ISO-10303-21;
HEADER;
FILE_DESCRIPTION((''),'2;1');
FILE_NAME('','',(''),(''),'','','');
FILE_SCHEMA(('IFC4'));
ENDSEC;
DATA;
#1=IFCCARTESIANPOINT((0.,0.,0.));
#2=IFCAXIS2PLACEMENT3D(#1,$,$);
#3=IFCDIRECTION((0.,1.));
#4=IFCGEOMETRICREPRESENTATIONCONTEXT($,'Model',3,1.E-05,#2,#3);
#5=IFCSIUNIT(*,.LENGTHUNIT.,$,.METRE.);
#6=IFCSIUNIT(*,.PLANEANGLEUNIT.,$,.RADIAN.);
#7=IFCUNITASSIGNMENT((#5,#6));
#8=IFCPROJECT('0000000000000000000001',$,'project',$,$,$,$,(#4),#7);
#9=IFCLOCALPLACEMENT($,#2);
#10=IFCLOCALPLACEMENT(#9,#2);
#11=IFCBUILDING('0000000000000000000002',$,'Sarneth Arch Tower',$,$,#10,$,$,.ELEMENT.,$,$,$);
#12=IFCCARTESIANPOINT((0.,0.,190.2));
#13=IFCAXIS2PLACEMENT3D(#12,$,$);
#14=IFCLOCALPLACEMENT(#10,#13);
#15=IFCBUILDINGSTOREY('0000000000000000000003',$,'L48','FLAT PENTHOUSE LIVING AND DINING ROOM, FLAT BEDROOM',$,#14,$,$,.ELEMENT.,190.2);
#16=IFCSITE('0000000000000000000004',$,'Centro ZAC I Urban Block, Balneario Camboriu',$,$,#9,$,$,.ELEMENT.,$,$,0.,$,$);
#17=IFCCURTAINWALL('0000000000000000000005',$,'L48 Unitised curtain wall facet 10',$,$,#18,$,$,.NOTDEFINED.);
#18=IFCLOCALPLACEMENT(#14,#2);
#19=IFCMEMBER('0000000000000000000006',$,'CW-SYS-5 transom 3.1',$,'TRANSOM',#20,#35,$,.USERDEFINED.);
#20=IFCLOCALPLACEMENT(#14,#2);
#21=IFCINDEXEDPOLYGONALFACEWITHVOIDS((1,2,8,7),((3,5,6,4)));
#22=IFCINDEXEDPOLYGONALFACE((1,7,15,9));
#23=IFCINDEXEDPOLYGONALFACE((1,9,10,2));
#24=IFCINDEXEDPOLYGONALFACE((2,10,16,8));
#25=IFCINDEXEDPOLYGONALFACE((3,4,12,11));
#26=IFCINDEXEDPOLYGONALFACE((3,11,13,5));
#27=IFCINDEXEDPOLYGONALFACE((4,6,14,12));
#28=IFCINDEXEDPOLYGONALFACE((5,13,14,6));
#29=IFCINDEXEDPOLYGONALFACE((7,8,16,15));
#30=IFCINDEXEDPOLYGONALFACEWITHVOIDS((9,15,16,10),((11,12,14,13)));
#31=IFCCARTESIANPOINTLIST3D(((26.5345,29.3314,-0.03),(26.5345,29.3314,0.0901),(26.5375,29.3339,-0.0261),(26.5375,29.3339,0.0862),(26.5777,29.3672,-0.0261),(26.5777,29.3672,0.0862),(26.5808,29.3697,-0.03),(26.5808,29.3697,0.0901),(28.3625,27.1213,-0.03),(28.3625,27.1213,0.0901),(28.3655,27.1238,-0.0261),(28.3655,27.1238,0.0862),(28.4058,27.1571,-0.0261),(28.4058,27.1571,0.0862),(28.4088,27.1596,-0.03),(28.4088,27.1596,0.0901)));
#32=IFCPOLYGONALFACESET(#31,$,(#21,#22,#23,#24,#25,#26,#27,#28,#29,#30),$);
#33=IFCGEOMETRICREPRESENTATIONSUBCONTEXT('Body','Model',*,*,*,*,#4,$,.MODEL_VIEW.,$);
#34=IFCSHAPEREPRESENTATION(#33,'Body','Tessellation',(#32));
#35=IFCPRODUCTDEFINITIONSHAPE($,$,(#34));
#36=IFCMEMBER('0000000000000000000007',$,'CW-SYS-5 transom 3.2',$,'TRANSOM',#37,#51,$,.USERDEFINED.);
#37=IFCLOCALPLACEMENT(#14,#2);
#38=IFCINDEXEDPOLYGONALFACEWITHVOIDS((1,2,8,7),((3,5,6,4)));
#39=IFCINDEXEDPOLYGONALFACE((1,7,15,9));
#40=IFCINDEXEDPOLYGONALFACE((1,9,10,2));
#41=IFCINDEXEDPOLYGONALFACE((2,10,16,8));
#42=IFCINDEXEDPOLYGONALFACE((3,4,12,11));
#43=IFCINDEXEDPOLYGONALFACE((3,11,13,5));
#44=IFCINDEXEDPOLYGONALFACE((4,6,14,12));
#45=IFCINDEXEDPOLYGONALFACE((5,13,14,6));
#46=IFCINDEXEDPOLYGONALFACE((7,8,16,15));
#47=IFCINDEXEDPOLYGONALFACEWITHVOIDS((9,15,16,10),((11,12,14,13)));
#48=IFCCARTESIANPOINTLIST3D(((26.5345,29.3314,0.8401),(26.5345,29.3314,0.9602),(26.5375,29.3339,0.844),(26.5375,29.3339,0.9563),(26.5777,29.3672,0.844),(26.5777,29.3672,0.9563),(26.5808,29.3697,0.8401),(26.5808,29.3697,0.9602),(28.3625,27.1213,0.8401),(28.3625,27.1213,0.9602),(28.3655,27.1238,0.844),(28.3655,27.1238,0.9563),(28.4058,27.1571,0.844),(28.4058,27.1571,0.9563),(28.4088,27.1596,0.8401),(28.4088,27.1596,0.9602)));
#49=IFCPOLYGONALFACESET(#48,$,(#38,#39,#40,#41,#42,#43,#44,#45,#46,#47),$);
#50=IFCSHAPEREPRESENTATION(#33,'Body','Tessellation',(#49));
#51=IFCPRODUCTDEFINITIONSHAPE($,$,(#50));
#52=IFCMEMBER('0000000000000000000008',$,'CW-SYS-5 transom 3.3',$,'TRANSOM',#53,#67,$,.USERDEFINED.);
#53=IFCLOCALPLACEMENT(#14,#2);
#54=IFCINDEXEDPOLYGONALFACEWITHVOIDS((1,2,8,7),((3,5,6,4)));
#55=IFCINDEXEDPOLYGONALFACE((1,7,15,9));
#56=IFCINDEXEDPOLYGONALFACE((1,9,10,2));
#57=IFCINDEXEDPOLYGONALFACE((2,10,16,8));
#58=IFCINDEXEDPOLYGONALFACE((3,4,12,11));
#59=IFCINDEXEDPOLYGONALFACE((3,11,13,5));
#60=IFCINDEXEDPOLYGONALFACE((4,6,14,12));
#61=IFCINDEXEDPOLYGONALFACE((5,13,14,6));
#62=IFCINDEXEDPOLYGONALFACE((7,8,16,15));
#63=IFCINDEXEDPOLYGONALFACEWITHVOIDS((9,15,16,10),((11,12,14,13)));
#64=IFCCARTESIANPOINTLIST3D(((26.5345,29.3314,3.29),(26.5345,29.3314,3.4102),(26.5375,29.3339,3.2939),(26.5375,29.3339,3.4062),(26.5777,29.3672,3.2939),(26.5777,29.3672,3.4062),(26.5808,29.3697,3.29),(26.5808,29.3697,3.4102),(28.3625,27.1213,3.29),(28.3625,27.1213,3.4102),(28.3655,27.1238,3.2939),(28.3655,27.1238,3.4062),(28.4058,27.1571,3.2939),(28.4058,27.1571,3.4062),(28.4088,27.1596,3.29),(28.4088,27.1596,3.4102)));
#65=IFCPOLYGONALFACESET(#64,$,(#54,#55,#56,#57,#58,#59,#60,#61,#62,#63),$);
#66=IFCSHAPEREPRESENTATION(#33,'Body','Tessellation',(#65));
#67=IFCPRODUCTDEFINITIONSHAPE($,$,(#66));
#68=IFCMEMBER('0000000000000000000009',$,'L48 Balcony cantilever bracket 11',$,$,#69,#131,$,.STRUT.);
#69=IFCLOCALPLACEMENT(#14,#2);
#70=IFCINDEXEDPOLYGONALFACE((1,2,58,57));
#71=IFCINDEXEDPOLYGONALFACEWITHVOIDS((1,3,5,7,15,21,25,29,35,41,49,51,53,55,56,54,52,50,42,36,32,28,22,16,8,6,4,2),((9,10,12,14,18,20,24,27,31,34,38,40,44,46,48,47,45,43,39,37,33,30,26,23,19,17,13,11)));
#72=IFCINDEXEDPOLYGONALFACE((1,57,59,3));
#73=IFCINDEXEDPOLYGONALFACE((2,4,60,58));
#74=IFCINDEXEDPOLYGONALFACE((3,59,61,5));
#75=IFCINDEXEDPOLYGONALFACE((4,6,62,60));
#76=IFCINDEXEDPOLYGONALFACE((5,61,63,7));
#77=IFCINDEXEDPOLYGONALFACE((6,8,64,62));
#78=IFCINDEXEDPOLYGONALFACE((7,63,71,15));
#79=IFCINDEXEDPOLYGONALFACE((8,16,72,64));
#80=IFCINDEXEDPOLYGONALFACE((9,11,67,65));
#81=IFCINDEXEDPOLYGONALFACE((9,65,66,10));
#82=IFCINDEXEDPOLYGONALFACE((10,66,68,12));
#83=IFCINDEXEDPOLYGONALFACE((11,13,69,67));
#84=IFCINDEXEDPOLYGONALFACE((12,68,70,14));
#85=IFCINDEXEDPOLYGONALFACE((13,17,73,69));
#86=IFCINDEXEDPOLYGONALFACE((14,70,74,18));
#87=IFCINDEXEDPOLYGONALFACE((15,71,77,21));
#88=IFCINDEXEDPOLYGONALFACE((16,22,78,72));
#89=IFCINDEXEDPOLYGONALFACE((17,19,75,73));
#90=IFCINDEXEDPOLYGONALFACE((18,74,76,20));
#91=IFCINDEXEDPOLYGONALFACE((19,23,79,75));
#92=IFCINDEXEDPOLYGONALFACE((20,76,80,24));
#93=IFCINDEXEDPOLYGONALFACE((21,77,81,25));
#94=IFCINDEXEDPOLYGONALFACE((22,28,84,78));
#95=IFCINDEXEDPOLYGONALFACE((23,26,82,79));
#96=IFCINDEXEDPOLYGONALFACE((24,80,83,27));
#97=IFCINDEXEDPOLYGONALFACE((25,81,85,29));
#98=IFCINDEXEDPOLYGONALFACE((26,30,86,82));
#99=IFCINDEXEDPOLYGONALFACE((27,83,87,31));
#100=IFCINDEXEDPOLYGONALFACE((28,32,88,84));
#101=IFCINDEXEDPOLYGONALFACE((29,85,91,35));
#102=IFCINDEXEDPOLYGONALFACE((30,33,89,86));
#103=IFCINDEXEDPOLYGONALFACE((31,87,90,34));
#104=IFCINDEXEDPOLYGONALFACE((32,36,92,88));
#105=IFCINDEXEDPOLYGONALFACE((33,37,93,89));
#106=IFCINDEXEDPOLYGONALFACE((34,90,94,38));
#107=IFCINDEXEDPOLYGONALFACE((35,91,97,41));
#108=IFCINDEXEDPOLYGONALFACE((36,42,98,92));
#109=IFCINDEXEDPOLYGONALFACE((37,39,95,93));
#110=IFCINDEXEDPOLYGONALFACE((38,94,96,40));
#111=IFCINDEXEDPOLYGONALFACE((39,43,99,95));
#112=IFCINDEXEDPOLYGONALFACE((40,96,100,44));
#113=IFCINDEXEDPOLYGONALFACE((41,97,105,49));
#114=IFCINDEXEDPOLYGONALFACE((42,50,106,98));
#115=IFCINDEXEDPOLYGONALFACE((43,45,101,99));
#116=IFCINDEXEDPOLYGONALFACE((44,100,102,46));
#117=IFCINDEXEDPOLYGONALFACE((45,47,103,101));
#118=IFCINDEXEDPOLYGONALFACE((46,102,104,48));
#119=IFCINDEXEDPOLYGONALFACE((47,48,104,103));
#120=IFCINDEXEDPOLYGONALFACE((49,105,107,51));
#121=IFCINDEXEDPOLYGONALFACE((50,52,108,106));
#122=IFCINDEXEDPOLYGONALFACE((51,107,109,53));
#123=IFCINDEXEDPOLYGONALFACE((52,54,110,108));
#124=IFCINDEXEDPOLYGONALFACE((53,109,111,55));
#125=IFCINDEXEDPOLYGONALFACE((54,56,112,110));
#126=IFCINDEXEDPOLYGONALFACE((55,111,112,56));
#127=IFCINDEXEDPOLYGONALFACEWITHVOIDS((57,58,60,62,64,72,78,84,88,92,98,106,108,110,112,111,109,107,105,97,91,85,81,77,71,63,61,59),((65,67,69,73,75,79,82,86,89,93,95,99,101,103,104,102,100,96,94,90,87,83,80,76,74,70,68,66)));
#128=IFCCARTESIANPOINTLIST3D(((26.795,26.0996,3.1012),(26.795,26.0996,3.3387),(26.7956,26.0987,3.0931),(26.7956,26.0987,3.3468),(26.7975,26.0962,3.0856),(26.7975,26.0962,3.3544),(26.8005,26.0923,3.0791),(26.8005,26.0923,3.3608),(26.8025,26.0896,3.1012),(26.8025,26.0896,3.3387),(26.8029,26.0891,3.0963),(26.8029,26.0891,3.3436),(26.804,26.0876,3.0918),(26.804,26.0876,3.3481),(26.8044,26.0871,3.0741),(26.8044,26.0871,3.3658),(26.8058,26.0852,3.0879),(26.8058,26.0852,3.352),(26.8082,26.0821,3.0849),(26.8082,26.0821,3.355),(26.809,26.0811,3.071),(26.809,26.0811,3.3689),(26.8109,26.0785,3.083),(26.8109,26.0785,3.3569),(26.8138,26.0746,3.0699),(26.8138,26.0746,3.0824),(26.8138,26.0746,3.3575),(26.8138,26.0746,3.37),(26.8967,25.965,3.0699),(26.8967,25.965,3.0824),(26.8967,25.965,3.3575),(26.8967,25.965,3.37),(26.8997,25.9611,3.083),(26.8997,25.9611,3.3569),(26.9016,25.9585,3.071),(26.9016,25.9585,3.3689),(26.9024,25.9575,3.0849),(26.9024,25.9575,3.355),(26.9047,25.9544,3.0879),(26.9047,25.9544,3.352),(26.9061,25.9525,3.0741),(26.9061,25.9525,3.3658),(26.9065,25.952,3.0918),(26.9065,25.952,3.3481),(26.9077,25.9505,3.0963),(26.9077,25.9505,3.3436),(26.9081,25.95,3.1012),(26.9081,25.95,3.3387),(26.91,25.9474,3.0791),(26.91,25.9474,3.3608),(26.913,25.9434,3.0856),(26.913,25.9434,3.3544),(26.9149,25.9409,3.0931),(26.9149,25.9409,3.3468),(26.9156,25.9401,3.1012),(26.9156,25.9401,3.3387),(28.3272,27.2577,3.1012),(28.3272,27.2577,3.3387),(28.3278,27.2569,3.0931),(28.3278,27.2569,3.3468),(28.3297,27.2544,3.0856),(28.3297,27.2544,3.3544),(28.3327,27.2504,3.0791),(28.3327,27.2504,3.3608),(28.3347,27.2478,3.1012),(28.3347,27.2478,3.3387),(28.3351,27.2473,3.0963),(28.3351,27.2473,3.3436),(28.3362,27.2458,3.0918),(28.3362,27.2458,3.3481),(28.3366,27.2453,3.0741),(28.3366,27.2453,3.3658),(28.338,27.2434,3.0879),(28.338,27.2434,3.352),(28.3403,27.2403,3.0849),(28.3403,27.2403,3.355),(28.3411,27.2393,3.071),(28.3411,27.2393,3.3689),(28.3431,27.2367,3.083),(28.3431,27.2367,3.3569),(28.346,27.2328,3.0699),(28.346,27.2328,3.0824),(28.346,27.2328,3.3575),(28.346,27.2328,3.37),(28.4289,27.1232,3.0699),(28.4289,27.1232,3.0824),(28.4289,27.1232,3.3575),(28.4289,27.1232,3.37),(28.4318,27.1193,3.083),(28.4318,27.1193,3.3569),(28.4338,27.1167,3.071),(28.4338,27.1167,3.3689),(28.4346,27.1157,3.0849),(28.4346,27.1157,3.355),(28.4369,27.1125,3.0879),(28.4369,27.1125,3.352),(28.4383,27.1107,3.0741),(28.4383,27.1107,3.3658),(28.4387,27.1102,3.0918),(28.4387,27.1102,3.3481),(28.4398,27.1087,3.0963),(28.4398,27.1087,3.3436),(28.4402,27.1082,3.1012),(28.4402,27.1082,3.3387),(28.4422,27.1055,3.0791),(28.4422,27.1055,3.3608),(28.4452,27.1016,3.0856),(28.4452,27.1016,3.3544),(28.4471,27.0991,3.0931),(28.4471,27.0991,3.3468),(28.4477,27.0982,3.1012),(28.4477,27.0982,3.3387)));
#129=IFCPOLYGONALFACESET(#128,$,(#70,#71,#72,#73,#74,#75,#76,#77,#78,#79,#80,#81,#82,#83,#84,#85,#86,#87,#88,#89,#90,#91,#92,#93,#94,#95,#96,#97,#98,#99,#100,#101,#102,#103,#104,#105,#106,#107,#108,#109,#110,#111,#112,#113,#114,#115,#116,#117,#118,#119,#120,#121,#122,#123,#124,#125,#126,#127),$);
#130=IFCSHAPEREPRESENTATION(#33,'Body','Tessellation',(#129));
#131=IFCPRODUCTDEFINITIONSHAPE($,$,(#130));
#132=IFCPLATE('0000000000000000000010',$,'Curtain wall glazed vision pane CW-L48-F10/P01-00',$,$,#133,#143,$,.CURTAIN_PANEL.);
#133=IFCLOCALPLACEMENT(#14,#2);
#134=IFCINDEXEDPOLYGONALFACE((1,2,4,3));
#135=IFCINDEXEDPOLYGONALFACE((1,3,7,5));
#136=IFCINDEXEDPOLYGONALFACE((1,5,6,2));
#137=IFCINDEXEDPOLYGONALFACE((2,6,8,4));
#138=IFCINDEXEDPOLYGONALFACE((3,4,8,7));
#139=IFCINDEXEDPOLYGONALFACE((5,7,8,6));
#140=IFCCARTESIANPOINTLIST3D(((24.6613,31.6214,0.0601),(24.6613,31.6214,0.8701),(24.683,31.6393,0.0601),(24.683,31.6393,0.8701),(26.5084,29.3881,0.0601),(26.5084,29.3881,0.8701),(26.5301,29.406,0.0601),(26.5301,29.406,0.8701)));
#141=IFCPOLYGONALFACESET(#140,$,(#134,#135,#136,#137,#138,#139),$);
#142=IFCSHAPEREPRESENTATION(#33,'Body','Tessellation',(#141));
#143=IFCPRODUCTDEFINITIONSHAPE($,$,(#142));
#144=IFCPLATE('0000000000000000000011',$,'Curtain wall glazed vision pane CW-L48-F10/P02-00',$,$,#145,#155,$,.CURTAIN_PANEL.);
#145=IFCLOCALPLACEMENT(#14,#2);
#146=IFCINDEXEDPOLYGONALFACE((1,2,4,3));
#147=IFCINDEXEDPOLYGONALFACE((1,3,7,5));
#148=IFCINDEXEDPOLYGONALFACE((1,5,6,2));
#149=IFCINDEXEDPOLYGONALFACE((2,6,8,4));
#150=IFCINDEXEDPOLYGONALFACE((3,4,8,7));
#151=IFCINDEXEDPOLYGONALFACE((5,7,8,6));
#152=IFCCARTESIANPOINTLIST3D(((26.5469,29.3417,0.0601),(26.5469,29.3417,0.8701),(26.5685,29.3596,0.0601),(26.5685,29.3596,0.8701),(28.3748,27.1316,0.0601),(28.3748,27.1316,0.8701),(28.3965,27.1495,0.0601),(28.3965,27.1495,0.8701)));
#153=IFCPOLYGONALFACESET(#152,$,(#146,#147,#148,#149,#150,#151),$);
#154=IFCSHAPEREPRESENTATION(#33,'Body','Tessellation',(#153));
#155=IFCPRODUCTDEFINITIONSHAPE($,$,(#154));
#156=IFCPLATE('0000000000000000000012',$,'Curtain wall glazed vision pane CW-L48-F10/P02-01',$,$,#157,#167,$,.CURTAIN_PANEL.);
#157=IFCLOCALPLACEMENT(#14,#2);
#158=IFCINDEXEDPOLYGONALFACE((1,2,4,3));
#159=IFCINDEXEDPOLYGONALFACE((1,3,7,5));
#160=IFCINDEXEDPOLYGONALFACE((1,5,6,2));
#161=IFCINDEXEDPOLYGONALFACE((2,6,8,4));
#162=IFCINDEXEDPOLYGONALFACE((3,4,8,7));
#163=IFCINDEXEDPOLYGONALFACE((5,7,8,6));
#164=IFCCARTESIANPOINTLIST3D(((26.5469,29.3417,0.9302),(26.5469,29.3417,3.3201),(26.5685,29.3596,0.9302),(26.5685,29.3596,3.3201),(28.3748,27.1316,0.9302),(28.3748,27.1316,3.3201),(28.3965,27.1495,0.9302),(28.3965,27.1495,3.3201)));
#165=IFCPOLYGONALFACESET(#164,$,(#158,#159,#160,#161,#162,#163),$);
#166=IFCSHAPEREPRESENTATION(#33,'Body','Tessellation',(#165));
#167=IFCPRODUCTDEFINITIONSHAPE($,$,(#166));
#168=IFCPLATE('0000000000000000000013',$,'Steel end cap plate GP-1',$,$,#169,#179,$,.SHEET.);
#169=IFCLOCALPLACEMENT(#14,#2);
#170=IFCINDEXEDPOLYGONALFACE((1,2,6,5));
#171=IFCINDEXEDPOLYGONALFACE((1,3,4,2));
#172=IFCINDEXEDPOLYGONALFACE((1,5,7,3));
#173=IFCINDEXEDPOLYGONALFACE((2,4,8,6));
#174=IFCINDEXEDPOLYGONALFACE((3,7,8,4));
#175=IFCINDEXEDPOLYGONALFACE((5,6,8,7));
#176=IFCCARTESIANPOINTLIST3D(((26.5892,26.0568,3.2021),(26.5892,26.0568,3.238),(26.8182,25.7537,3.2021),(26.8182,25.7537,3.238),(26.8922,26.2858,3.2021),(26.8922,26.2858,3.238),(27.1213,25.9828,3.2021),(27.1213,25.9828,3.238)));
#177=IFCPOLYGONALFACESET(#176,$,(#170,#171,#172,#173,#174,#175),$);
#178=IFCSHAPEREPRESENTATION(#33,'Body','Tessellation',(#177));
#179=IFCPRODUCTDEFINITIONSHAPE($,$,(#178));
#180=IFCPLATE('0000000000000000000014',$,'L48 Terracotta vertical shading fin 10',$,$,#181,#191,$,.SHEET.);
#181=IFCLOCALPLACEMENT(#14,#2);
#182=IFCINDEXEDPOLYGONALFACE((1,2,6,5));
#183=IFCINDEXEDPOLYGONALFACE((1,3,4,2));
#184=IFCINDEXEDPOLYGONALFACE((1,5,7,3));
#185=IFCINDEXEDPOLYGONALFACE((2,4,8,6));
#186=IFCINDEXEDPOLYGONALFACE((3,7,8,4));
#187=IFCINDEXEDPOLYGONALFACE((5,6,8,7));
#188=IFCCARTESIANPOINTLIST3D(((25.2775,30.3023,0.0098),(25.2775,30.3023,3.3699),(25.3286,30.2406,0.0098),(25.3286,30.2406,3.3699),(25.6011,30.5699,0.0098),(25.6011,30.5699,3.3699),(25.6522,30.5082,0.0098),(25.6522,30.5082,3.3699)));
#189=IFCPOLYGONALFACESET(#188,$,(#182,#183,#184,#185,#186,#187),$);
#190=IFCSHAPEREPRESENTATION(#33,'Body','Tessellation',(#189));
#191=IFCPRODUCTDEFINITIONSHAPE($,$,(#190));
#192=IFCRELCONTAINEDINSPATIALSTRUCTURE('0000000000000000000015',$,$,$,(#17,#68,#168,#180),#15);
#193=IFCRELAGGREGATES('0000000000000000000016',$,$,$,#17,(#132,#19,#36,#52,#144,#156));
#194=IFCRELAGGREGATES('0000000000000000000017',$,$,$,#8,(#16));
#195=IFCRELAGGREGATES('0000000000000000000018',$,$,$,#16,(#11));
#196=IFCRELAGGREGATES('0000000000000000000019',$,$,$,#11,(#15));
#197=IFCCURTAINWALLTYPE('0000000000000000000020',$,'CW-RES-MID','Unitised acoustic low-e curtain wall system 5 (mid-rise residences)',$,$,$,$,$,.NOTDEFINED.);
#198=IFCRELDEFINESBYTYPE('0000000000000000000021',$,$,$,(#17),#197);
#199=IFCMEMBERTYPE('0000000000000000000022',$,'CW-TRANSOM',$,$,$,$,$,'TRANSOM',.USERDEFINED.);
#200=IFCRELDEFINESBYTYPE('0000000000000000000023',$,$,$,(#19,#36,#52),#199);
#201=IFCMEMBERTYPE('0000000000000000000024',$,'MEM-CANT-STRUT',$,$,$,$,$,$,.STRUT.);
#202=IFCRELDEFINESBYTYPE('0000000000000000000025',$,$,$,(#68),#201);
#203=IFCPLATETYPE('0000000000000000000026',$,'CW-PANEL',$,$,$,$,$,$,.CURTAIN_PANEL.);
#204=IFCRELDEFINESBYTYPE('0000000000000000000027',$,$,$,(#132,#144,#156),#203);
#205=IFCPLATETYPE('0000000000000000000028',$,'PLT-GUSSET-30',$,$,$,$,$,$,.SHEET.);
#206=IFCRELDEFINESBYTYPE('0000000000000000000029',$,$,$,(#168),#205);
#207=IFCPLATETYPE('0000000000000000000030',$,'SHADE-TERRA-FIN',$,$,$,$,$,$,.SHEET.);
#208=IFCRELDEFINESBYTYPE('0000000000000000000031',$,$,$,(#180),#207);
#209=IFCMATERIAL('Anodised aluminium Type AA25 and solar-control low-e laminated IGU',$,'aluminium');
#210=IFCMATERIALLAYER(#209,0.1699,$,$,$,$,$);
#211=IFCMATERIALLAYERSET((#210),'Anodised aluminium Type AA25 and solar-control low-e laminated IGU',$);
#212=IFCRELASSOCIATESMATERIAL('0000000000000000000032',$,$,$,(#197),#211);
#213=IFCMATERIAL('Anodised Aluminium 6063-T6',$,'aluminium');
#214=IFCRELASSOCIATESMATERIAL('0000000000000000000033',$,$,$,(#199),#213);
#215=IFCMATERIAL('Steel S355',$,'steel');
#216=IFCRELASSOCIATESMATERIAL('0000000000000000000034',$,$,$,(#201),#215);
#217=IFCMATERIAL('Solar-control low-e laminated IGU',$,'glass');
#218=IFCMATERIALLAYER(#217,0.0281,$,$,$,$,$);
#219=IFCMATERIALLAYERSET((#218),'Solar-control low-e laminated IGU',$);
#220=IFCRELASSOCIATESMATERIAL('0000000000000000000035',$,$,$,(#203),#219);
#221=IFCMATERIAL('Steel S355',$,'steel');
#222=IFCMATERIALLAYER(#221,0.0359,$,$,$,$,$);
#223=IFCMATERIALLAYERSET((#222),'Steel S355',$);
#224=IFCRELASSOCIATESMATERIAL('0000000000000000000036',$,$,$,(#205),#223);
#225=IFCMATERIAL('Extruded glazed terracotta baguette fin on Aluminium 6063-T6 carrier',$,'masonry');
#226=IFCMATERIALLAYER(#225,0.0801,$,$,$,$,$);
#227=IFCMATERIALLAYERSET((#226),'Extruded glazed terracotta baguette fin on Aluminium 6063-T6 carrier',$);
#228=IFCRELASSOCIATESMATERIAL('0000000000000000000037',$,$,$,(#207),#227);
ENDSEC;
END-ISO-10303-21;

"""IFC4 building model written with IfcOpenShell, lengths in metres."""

from ifc_helpers import new_model, si_unit, direction, frame, origin, origin_2d, place, context, subcontext, project, spatial, rectangle, hollow_rectangle, extrude, material, layer, layer_set, material_profile, profile_set, type_object, element, aggregate, save


model = new_model("IFC4")

# Units and contexts
model_context = context("Model", 3, precision=1e-05, world=origin(), true_north=direction((0.0, 1.0)))
body_context = subcontext(model_context, "Body", "Model", "MODEL_VIEW")
ifc_project = project(units=[si_unit("LENGTHUNIT", "METRE"), si_unit("PLANEANGLEUNIT", "RADIAN")], contexts=[model_context])

# Site, building, storey
site_placement = place(None, origin())
site = spatial("IfcSite", under=ifc_project, at=site_placement, Name="Centro ZAC I Urban Block, Balneario Camboriu", CompositionType="ELEMENT", RefElevation=0.0)
building_placement = place(site_placement, origin())
building = spatial("IfcBuilding", under=site, at=building_placement, Name="Sarneth Arch Tower", CompositionType="ELEMENT")
storey_placement = place(building_placement, frame((0.0, 0.0, 190.2)))
storey = spatial("IfcBuildingStorey", under=building, at=storey_placement, Name="L48", Description="FLAT PENTHOUSE LIVING AND DINING ROOM, FLAT BEDROOM", CompositionType="ELEMENT", Elevation=190.2)

# Curtain wall, members
ifc_material_1 = material(Name="Anodised aluminium Type AA25 and solar-control low-e laminated IGU", Category="aluminium")
ifc_layer_1 = layer(ifc_material_1, 0.1699)
ifc_layer_set_1 = layer_set([ifc_layer_1], Name="Anodised aluminium Type AA25 and solar-control low-e laminated IGU")
curtain_wall_type = type_object("IfcCurtainWallType", Name="CW-RES-MID", Description="Unitised acoustic low-e curtain wall system 5 (mid-rise residences)", PredefinedType="NOTDEFINED", material=ifc_layer_set_1)
curtain_wall_placement = place(storey_placement, origin())
curtain_wall = element("IfcCurtainWall", 1, at=curtain_wall_placement, inside=storey, type_object=curtain_wall_type, Name="L48 Unitised curtain wall facet 10", PredefinedType="NOTDEFINED")
ifc_material_2 = material(Name="Anodised Aluminium 6063-T6", Category="aluminium")
ifc_material_profile_1 = material_profile(ifc_material_2, hollow_rectangle(XDim=0.0601, YDim=0.1201, WallThickness=0.0039, at=origin_2d()), Name="AL-TRAN-120x60x4")
ifc_profile_set_1 = profile_set([ifc_material_profile_1], Name="Anodised Aluminium 6063-T6")
member_type_1 = type_object("IfcMemberType", Name="CW-TRANSOM", ElementType="TRANSOM", PredefinedType="USERDEFINED", material=ifc_profile_set_1)
member_1_placement = place(storey_placement, frame((26.5576, 29.3506, 0.03), z_axis=(0.637359, -0.770567, 0.0), x_axis=(0.770567, 0.637359, 0.0)))
member_1 = element("IfcMember", 2, at=member_1_placement, type_object=member_type_1, Name="CW-SYS-5 transom 3.1", ObjectType="TRANSOM", PredefinedType="USERDEFINED", context=body_context, shape_type="SweptSolid", body=[
    extrude(hollow_rectangle(XDim=0.0601, YDim=0.1201, WallThickness=0.0039, at=origin_2d()), origin(), (0.0, 0.0, 1.0), 2.8682),
])
member_2_placement = place(storey_placement, frame((26.5576, 29.3506, 0.9001), z_axis=(0.637359, -0.770567, 0.0), x_axis=(0.770567, 0.637359, 0.0)))
member_2 = element("IfcMember", 3, at=member_2_placement, type_object=member_type_1, Name="CW-SYS-5 transom 3.2", ObjectType="TRANSOM", PredefinedType="USERDEFINED", context=body_context, shape_type="SweptSolid", body=[
    extrude(hollow_rectangle(XDim=0.0601, YDim=0.1201, WallThickness=0.0039, at=origin_2d()), origin(), (0.0, 0.0, 1.0), 2.8682),
])
member_3_placement = place(storey_placement, frame((26.5576, 29.3506, 3.3501), z_axis=(0.637359, -0.770567, 0.0), x_axis=(0.770567, 0.637359, 0.0)))
member_3 = element("IfcMember", 4, at=member_3_placement, type_object=member_type_1, Name="CW-SYS-5 transom 3.3", ObjectType="TRANSOM", PredefinedType="USERDEFINED", context=body_context, shape_type="SweptSolid", body=[
    extrude(hollow_rectangle(XDim=0.0601, YDim=0.1201, WallThickness=0.0039, at=origin_2d()), origin(), (0.0, 0.0, 1.0), 2.8682),
])

# Member
ifc_material_3 = material(Name="Steel S355", Category="steel")
ifc_material_profile_2 = material_profile(ifc_material_3, hollow_rectangle(XDim=0.2, YDim=0.3, WallThickness=0.0125, InnerFilletRadius=0.0188, OuterFilletRadius=0.0312, at=origin_2d()), Name="RHS300x200x12.5")
ifc_profile_set_2 = profile_set([ifc_material_profile_2], Name="Steel S355")
member_type_2 = type_object("IfcMemberType", Name="MEM-CANT-STRUT", PredefinedType="STRUT", material=ifc_profile_set_2)
member_4_placement = place(storey_placement, frame((28.3875, 27.178, 3.22), z_axis=(-0.797737, -0.603006, 0.0), x_axis=(0.603006, -0.797737, 0.0)))
element("IfcMember", 5, at=member_4_placement, inside=storey, type_object=member_type_2, Name="L48 Balcony cantilever bracket 11", PredefinedType="STRUT", context=body_context, shape_type="SweptSolid", body=[
    extrude(hollow_rectangle(XDim=0.2, YDim=0.3, WallThickness=0.0125, InnerFilletRadius=0.0188, OuterFilletRadius=0.0312, at=origin_2d()), origin(), (0.0, 0.0, 1.0), 1.9207),
])

# Plates
ifc_material_4 = material(Name="Solar-control low-e laminated IGU", Category="glass")
ifc_layer_2 = layer(ifc_material_4, 0.0281)
ifc_layer_set_2 = layer_set([ifc_layer_2], Name="Solar-control low-e laminated IGU")
plate_type_1 = type_object("IfcPlateType", Name="CW-PANEL", PredefinedType="CURTAIN_PANEL", material=ifc_layer_set_2)
plate_1_placement = place(storey_placement, frame((25.5957, 30.5137, 0.0601), z_axis=(0.0, 0.0, 1.0), x_axis=(0.63733, -0.770591, 0.0)))
plate_1 = element("IfcPlate", 6, at=plate_1_placement, type_object=plate_type_1, Name="Curtain wall glazed vision pane CW-L48-F10/P01-00", PredefinedType="CURTAIN_PANEL", context=body_context, shape_type="SweptSolid", body=[
    extrude(rectangle(XDim=2.8982, YDim=0.0281, at=origin_2d()), origin(), (0.0, 0.0, 1.0), 0.8101),
])
plate_2_placement = place(storey_placement, frame((27.4717, 28.2456, 0.0601), z_axis=(0.0, 0.0, 1.0), x_axis=(0.63733, -0.770591, 0.0)))
plate_2 = element("IfcPlate", 7, at=plate_2_placement, type_object=plate_type_1, Name="Curtain wall glazed vision pane CW-L48-F10/P02-00", PredefinedType="CURTAIN_PANEL", context=body_context, shape_type="SweptSolid", body=[
    extrude(rectangle(XDim=2.8682, YDim=0.0281, at=origin_2d()), origin(), (0.0, 0.0, 1.0), 0.8101),
])
plate_3_placement = place(storey_placement, frame((27.4717, 28.2456, 0.9302), z_axis=(0.0, 0.0, 1.0), x_axis=(0.63733, -0.770591, 0.0)))
plate_3 = element("IfcPlate", 8, at=plate_3_placement, type_object=plate_type_1, Name="Curtain wall glazed vision pane CW-L48-F10/P02-01", PredefinedType="CURTAIN_PANEL", context=body_context, shape_type="SweptSolid", body=[
    extrude(rectangle(XDim=2.8682, YDim=0.0281, at=origin_2d()), origin(), (0.0, 0.0, 1.0), 2.3899),
])
aggregate(curtain_wall, [plate_1, member_1, member_2, member_3, plate_2, plate_3])

# Plates
ifc_material_5 = material(Name="Steel S355", Category="steel")
ifc_layer_3 = layer(ifc_material_5, 0.0359)
ifc_layer_set_3 = layer_set([ifc_layer_3], Name="Steel S355")
plate_type_2 = type_object("IfcPlateType", Name="PLT-GUSSET-30", PredefinedType="SHEET", material=ifc_layer_set_3)
plate_4_placement = place(storey_placement, frame((26.8552, 26.0198, 3.2021), z_axis=(0.0, 0.0, 1.0), x_axis=(-0.797794, -0.60293, 0.0)))
element("IfcPlate", 9, at=plate_4_placement, inside=storey, type_object=plate_type_2, Name="Steel end cap plate GP-1", PredefinedType="SHEET", context=body_context, shape_type="SweptSolid", body=[
    extrude(rectangle(XDim=0.3799, YDim=0.3799, at=origin_2d()), origin(), (0.0, 0.0, 1.0), 0.0359),
])
ifc_material_6 = material(Name="Extruded glazed terracotta baguette fin on Aluminium 6063-T6 carrier", Category="masonry")
ifc_layer_4 = layer(ifc_material_6, 0.0801)
ifc_layer_set_4 = layer_set([ifc_layer_4], Name="Extruded glazed terracotta baguette fin on Aluminium 6063-T6 carrier")
plate_type_3 = type_object("IfcPlateType", Name="SHADE-TERRA-FIN", PredefinedType="SHEET", material=ifc_layer_set_4)
plate_5_placement = place(storey_placement, frame((25.4648, 30.4053, 0.0098), z_axis=(0.0, 0.0, 1.0), x_axis=(-0.770624, -0.63729, 0.0)))
element("IfcPlate", 10, at=plate_5_placement, inside=storey, type_object=plate_type_3, Name="L48 Terracotta vertical shading fin 10", PredefinedType="SHEET", context=body_context, shape_type="SweptSolid", body=[
    extrude(rectangle(XDim=0.4199, YDim=0.0801, at=origin_2d()), origin(), (0.0, 0.0, 1.0), 3.3601),
])

save(model, "model.ifc")
